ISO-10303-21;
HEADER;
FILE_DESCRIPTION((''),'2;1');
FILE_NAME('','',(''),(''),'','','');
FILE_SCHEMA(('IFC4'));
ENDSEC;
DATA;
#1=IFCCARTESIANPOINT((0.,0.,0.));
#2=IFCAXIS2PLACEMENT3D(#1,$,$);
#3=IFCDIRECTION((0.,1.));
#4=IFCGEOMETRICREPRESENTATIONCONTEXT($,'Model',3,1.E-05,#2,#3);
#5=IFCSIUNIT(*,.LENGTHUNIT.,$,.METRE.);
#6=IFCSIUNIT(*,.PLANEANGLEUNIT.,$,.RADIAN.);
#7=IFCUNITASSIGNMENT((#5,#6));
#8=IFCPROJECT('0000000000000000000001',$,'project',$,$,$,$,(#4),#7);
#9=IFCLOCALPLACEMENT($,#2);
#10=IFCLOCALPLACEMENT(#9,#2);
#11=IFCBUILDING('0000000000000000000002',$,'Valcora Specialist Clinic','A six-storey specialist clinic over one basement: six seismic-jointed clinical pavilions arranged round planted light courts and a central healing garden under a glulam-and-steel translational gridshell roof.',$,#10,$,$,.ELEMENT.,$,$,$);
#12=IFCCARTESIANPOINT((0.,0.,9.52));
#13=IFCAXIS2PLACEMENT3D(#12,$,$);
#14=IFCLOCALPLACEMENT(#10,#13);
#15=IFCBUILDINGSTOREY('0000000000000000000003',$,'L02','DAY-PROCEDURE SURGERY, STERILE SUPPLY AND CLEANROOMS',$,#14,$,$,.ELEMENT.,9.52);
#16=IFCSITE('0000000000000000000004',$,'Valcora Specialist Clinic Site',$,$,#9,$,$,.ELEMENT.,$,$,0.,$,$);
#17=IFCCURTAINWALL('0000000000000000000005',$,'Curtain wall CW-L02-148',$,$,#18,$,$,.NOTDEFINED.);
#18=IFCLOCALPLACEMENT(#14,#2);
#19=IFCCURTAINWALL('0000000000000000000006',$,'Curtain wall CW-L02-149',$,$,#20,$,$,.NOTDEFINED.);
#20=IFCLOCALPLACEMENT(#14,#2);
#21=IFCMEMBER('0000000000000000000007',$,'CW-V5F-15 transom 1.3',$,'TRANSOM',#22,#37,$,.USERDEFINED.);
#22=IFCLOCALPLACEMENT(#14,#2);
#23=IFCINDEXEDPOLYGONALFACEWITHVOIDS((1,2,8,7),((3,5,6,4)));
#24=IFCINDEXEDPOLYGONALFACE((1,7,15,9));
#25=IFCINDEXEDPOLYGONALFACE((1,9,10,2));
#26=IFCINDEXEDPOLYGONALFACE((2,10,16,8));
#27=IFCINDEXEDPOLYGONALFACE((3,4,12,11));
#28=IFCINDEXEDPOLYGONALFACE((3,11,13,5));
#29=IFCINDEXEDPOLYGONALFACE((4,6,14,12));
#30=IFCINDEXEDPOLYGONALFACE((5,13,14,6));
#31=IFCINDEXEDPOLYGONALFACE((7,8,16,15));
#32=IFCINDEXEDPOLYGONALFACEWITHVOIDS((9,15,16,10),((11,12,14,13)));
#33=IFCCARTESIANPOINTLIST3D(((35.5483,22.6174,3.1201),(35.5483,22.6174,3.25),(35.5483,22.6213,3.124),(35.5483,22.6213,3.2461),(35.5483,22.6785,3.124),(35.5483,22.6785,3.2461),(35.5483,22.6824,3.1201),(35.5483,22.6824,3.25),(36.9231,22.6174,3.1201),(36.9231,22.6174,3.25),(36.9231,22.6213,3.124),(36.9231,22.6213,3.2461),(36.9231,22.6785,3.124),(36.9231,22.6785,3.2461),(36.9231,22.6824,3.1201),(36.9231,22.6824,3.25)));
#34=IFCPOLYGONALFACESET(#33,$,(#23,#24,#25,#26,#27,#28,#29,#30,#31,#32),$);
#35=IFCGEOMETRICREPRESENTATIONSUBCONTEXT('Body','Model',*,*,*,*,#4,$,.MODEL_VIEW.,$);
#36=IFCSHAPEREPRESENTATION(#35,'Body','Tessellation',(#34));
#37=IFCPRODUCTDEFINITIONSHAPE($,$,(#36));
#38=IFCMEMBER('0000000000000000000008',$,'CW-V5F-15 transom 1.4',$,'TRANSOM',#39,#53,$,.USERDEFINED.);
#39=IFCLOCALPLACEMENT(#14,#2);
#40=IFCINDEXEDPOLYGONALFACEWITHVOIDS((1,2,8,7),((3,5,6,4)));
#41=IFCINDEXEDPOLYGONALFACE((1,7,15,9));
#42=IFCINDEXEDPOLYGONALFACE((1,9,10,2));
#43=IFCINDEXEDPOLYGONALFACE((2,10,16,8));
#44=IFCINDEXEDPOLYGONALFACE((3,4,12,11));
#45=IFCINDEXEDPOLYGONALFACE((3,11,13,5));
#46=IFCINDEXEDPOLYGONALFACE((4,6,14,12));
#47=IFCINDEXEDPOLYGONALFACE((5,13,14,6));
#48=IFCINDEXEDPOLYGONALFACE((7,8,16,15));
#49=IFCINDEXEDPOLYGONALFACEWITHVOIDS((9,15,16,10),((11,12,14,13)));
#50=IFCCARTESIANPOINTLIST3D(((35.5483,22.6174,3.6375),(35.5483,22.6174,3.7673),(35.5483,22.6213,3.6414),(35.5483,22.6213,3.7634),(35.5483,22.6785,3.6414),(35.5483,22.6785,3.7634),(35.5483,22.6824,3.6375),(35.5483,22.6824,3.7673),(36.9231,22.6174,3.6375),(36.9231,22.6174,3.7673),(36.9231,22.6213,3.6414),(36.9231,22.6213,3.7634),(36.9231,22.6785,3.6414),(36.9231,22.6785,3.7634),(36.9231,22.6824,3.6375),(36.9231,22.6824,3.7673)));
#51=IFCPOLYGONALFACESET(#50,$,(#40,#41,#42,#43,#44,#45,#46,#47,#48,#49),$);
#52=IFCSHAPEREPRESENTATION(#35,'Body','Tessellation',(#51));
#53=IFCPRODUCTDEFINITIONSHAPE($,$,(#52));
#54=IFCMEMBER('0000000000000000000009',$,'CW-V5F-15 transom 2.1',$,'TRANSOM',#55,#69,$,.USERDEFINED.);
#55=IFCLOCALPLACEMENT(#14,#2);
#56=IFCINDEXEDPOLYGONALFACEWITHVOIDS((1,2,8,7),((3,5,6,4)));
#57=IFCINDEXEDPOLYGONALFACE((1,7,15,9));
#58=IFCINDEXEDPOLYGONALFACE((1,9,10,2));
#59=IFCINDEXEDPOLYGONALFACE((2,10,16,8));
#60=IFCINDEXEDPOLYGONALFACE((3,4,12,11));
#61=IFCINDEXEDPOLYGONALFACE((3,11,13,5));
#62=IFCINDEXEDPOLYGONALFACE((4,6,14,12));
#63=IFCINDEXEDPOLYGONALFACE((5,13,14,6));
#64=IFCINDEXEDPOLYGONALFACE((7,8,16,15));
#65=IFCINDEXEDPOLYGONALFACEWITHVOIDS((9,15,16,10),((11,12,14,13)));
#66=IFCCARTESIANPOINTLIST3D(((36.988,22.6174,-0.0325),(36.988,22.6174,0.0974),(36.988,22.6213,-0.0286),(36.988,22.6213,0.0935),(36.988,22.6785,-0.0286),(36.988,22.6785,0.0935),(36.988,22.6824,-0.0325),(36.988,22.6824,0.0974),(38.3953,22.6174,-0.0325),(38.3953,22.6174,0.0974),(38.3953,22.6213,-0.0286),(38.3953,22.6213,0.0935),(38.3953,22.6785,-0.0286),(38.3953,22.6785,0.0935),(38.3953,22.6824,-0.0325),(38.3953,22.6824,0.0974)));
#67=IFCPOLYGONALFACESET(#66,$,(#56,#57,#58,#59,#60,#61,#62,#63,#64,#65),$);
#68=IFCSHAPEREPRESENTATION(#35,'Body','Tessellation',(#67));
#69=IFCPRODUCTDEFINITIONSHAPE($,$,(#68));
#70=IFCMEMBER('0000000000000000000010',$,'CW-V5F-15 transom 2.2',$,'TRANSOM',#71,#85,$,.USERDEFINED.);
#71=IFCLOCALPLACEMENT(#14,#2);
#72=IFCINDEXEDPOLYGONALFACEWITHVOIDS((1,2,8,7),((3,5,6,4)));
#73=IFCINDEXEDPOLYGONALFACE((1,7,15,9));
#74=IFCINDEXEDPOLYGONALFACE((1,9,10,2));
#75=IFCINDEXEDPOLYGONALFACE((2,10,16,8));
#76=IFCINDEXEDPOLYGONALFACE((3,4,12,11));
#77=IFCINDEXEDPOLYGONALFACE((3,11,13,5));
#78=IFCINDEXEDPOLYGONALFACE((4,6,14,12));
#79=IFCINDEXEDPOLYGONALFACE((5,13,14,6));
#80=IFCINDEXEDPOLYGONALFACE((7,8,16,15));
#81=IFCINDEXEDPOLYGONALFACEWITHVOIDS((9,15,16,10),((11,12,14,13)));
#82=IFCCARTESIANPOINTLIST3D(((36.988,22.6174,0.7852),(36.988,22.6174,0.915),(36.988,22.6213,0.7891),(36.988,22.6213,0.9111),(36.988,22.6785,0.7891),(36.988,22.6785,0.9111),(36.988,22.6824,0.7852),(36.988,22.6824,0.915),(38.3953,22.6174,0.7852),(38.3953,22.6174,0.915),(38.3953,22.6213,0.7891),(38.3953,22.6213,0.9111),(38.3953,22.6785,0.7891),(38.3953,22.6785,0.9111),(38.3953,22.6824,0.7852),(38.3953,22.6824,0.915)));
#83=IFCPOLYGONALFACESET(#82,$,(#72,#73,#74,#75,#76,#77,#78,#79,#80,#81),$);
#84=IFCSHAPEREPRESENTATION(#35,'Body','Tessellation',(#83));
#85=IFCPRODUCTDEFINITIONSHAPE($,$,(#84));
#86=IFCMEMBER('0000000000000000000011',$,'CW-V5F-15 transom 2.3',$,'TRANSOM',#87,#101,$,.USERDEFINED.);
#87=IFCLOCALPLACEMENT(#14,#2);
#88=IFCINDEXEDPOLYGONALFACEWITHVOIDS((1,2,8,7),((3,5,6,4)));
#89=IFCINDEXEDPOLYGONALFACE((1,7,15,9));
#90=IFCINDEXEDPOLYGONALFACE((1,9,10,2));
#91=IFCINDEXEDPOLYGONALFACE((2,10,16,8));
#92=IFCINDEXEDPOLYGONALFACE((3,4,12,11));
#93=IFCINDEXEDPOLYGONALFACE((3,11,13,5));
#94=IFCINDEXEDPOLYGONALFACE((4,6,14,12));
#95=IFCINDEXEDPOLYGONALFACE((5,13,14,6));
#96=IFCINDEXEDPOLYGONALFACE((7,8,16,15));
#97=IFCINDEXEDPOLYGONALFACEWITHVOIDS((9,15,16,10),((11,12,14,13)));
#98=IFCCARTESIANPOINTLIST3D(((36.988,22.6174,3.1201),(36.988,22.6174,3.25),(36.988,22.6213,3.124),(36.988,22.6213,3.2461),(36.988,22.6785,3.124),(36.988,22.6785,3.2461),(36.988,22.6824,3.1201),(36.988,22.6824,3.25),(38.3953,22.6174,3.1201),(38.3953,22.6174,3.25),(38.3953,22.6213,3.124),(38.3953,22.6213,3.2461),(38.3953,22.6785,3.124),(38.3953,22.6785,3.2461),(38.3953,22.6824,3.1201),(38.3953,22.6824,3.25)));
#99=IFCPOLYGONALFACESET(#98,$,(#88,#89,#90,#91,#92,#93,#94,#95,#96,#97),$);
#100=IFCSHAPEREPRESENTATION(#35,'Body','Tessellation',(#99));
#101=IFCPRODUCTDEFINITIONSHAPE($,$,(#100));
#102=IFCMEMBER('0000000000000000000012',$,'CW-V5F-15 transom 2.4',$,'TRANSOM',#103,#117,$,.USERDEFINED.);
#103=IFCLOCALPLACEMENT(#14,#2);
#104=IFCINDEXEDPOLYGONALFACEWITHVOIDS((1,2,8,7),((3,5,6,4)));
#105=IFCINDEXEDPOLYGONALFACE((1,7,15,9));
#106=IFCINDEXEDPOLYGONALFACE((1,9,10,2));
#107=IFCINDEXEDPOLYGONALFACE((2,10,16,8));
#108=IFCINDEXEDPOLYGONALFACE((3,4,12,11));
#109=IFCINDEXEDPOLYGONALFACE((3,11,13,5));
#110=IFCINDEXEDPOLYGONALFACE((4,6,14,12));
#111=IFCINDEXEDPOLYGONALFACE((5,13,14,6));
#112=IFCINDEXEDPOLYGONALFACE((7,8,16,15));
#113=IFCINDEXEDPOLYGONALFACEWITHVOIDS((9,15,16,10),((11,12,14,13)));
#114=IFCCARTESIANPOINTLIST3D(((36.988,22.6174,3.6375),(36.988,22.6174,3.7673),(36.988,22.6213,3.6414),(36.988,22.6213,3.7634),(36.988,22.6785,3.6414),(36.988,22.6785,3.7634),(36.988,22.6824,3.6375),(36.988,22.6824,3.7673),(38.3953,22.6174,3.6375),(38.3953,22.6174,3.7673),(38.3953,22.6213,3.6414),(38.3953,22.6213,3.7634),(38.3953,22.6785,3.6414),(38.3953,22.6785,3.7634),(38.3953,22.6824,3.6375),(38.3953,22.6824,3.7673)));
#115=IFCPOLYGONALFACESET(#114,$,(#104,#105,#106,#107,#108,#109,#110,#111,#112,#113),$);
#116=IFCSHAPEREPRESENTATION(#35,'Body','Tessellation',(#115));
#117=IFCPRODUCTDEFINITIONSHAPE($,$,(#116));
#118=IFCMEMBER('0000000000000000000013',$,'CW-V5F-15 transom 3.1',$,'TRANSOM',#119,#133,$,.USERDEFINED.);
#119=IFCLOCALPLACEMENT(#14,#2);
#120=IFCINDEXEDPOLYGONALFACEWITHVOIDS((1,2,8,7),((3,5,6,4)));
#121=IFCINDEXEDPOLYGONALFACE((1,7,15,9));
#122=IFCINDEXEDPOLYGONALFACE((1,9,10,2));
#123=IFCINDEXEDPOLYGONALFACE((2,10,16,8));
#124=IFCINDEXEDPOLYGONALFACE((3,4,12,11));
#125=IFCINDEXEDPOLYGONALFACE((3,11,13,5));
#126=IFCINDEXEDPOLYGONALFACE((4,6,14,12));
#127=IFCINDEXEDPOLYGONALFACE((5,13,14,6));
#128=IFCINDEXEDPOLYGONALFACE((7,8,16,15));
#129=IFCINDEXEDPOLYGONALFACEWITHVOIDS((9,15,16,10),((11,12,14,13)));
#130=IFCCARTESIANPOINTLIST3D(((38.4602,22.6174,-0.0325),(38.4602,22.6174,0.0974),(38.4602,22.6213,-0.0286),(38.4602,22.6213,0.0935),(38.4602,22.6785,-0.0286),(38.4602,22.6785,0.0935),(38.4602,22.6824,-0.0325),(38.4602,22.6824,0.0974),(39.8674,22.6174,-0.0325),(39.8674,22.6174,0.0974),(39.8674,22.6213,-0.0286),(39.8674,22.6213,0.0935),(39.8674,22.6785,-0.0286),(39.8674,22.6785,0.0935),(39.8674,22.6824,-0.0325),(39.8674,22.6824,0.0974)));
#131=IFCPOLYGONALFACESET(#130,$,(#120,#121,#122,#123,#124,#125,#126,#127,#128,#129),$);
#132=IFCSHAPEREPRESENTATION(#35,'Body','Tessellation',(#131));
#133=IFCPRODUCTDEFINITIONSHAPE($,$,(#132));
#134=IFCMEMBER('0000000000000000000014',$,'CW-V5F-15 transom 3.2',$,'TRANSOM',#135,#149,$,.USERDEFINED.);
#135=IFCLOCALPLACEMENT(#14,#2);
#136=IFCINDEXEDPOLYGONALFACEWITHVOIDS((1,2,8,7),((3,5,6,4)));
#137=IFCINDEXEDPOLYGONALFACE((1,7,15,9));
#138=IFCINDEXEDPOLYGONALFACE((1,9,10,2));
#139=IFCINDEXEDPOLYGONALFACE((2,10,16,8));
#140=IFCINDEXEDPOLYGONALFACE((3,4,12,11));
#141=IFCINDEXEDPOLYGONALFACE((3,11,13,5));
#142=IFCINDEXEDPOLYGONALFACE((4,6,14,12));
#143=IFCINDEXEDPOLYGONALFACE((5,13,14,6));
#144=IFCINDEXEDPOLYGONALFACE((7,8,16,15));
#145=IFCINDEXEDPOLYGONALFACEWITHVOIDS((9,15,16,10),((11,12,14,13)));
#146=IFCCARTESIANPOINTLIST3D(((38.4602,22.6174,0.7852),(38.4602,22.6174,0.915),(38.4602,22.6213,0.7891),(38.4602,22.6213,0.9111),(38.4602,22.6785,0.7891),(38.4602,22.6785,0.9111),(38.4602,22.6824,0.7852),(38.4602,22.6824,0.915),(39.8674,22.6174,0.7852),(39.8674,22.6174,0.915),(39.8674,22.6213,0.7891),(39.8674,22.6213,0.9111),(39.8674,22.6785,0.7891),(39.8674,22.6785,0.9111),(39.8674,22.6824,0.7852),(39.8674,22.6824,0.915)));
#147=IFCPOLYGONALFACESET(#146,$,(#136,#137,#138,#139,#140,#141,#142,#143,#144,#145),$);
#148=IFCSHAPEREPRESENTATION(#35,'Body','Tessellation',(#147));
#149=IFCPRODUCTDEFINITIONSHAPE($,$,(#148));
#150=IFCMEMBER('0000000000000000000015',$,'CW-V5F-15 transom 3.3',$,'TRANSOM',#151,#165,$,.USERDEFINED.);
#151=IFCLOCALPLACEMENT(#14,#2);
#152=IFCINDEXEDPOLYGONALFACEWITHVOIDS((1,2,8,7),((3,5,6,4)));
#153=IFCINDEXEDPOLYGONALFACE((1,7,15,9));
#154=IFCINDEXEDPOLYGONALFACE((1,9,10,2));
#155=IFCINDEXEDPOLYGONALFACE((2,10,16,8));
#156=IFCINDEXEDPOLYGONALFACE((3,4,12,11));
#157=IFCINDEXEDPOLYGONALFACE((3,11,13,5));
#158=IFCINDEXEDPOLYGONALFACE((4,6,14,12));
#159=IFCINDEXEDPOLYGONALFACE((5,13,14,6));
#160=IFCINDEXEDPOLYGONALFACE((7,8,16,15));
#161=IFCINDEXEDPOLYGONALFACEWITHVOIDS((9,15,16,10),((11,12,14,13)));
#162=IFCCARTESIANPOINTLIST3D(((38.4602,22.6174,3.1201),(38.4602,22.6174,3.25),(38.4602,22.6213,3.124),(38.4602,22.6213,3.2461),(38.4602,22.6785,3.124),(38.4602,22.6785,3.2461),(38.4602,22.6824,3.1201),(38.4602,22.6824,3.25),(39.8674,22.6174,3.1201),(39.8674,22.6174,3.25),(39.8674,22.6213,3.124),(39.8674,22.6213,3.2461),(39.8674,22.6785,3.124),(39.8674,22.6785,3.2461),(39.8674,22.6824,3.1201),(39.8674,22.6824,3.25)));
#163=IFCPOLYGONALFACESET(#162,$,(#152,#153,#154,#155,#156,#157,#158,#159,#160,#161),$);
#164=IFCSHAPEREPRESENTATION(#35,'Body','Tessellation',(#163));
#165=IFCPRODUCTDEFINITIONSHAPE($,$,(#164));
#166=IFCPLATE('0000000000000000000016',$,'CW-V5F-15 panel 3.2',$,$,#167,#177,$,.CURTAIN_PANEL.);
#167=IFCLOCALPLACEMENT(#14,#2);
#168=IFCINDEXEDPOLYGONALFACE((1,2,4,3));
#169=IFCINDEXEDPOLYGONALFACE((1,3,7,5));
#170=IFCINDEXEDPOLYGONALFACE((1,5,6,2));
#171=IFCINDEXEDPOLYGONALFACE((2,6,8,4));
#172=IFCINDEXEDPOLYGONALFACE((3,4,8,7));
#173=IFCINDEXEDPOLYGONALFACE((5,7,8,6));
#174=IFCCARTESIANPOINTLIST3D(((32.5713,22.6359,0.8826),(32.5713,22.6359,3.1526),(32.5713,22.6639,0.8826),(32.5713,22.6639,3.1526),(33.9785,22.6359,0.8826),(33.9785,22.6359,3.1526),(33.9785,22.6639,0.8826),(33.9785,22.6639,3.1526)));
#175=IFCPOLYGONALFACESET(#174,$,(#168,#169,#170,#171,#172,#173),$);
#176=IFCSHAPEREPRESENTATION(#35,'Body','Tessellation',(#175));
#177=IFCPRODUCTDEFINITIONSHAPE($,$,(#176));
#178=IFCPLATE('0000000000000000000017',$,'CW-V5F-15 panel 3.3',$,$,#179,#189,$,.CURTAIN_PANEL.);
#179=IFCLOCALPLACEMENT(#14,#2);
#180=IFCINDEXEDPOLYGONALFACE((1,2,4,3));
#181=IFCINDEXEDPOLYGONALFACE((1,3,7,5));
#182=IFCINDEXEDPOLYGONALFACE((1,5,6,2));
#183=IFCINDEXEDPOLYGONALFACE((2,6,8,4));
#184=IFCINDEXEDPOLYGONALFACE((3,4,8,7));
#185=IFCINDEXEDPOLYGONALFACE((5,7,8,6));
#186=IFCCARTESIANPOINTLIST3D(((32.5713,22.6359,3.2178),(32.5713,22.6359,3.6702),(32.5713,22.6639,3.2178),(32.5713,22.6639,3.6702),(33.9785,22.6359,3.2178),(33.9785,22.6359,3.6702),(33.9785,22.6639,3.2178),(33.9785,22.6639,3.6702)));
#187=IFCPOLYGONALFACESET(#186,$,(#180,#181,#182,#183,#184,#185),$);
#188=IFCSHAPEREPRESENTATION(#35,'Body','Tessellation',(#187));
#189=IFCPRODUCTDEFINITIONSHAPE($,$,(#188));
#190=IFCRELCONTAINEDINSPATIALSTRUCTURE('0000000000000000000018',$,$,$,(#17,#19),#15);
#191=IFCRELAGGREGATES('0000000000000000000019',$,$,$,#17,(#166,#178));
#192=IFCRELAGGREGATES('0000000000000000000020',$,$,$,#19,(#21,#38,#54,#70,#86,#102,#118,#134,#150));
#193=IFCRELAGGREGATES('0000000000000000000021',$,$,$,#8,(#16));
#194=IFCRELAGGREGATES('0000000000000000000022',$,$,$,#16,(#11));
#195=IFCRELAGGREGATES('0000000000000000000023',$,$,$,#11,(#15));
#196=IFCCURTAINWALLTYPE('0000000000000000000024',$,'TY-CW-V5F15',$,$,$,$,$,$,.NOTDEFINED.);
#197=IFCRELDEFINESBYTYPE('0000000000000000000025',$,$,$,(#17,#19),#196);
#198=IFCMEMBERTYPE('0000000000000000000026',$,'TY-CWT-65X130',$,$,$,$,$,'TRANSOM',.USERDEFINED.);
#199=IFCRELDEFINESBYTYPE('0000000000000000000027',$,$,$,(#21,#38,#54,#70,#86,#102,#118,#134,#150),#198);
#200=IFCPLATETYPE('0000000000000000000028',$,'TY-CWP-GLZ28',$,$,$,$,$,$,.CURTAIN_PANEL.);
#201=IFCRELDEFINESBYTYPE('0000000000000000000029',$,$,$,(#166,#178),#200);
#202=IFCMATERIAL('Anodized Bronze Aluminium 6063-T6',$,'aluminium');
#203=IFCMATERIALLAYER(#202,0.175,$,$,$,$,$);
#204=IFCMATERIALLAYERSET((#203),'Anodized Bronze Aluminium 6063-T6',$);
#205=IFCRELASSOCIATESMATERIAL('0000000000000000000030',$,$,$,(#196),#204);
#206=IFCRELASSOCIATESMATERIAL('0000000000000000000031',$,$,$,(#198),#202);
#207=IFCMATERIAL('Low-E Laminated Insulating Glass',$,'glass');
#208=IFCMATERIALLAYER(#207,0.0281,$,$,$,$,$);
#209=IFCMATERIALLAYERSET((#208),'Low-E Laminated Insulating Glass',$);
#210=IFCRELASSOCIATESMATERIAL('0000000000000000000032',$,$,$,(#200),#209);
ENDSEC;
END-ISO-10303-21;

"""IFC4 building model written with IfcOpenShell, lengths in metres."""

from ifc_helpers import new_model, si_unit, direction, frame, origin, origin_2d, place, context, subcontext, project, spatial, rectangle, hollow_rectangle, extrude, material, layer, layer_set, material_profile, profile_set, type_object, element, aggregate, save


model = new_model("IFC4")

# Units and contexts
model_context = context("Model", 3, precision=1e-05, world=origin(), true_north=direction((0.0, 1.0)))
body_context = subcontext(model_context, "Body", "Model", "MODEL_VIEW")
ifc_project = project(units=[si_unit("LENGTHUNIT", "METRE"), si_unit("PLANEANGLEUNIT", "RADIAN")], contexts=[model_context])

# Site, building, storey
site_placement = place(None, origin())
site = spatial("IfcSite", under=ifc_project, at=site_placement, Name="Valcora Specialist Clinic Site", CompositionType="ELEMENT", RefElevation=0.0)
building_placement = place(site_placement, origin())
building = spatial("IfcBuilding", under=site, at=building_placement, Name="Valcora Specialist Clinic", Description="A six-storey specialist clinic over one basement: six seismic-jointed clinical pavilions arranged round planted light courts and a central healing garden under a glulam-and-steel translational gridshell roof.", CompositionType="ELEMENT")
storey_placement = place(building_placement, frame((0.0, 0.0, 9.52)))
storey = spatial("IfcBuildingStorey", under=building, at=storey_placement, Name="L02", Description="DAY-PROCEDURE SURGERY, STERILE SUPPLY AND CLEANROOMS", CompositionType="ELEMENT", Elevation=9.52)

# Curtain walls
ifc_material_1 = material(Name="Anodized Bronze Aluminium 6063-T6", Category="aluminium")
ifc_layer_1 = layer(ifc_material_1, 0.175)
ifc_layer_set_1 = layer_set([ifc_layer_1], Name="Anodized Bronze Aluminium 6063-T6")
curtain_wall_type = type_object("IfcCurtainWallType", Name="TY-CW-V5F15", PredefinedType="NOTDEFINED", material=ifc_layer_set_1)
curtain_wall_1_placement = place(storey_placement, origin())
curtain_wall_1 = element("IfcCurtainWall", 1, at=curtain_wall_1_placement, inside=storey, type_object=curtain_wall_type, Name="Curtain wall CW-L02-148", PredefinedType="NOTDEFINED")
curtain_wall_2_placement = place(storey_placement, origin())
curtain_wall_2 = element("IfcCurtainWall", 2, at=curtain_wall_2_placement, inside=storey, type_object=curtain_wall_type, Name="Curtain wall CW-L02-149", PredefinedType="NOTDEFINED")

# Members
ifc_material_profile_1 = material_profile(ifc_material_1, hollow_rectangle(XDim=0.0649, YDim=0.1299, WallThickness=0.0039, at=origin_2d()), Name="AL-TRN-65X130")
ifc_profile_set_1 = profile_set([ifc_material_profile_1], Name="Anodized Bronze Aluminium 6063-T6")
member_type_1 = type_object("IfcMemberType", Name="TY-CWT-65X130", ElementType="TRANSOM", PredefinedType="USERDEFINED", material=ifc_profile_set_1)
member_1_placement = place(storey_placement, frame((35.5483, 22.6499, 3.1851), z_axis=(1.0, 0.0, 0.0), x_axis=(0.0, 1.0, 0.0)))
member_1 = element("IfcMember", 3, at=member_1_placement, type_object=member_type_1, Name="CW-V5F-15 transom 1.3", ObjectType="TRANSOM", PredefinedType="USERDEFINED", context=body_context, shape_type="SweptSolid", body=[
    extrude(hollow_rectangle(XDim=0.0649, YDim=0.1299, WallThickness=0.0039, at=origin_2d()), origin(), (0.0, 0.0, 1.0), 1.3748),
])
member_2_placement = place(storey_placement, frame((35.5483, 22.6499, 3.7024), z_axis=(1.0, 0.0, 0.0), x_axis=(0.0, 1.0, 0.0)))
member_2 = element("IfcMember", 4, at=member_2_placement, type_object=member_type_1, Name="CW-V5F-15 transom 1.4", ObjectType="TRANSOM", PredefinedType="USERDEFINED", context=body_context, shape_type="SweptSolid", body=[
    extrude(hollow_rectangle(XDim=0.0649, YDim=0.1299, WallThickness=0.0039, at=origin_2d()), origin(), (0.0, 0.0, 1.0), 1.3748),
])
member_3_placement = place(storey_placement, frame((36.988, 22.6499, 0.0325), z_axis=(1.0, 0.0, 0.0), x_axis=(0.0, 1.0, 0.0)))
member_3 = element("IfcMember", 5, at=member_3_placement, type_object=member_type_1, Name="CW-V5F-15 transom 2.1", ObjectType="TRANSOM", PredefinedType="USERDEFINED", context=body_context, shape_type="SweptSolid", body=[
    extrude(hollow_rectangle(XDim=0.0649, YDim=0.1299, WallThickness=0.0039, at=origin_2d()), origin(), (0.0, 0.0, 1.0), 1.4072),
])
member_4_placement = place(storey_placement, frame((36.988, 22.6499, 0.8501), z_axis=(1.0, 0.0, 0.0), x_axis=(0.0, 1.0, 0.0)))
member_4 = element("IfcMember", 6, at=member_4_placement, type_object=member_type_1, Name="CW-V5F-15 transom 2.2", ObjectType="TRANSOM", PredefinedType="USERDEFINED", context=body_context, shape_type="SweptSolid", body=[
    extrude(hollow_rectangle(XDim=0.0649, YDim=0.1299, WallThickness=0.0039, at=origin_2d()), origin(), (0.0, 0.0, 1.0), 1.4072),
])
member_5_placement = place(storey_placement, frame((36.988, 22.6499, 3.1851), z_axis=(1.0, 0.0, 0.0), x_axis=(0.0, 1.0, 0.0)))
member_5 = element("IfcMember", 7, at=member_5_placement, type_object=member_type_1, Name="CW-V5F-15 transom 2.3", ObjectType="TRANSOM", PredefinedType="USERDEFINED", context=body_context, shape_type="SweptSolid", body=[
    extrude(hollow_rectangle(XDim=0.0649, YDim=0.1299, WallThickness=0.0039, at=origin_2d()), origin(), (0.0, 0.0, 1.0), 1.4072),
])
member_6_placement = place(storey_placement, frame((36.988, 22.6499, 3.7024), z_axis=(1.0, 0.0, 0.0), x_axis=(0.0, 1.0, 0.0)))
member_6 = element("IfcMember", 8, at=member_6_placement, type_object=member_type_1, Name="CW-V5F-15 transom 2.4", ObjectType="TRANSOM", PredefinedType="USERDEFINED", context=body_context, shape_type="SweptSolid", body=[
    extrude(hollow_rectangle(XDim=0.0649, YDim=0.1299, WallThickness=0.0039, at=origin_2d()), origin(), (0.0, 0.0, 1.0), 1.4072),
])
member_7_placement = place(storey_placement, frame((38.4602, 22.6499, 0.0325), z_axis=(1.0, 0.0, 0.0), x_axis=(0.0, 1.0, 0.0)))
member_7 = element("IfcMember", 9, at=member_7_placement, type_object=member_type_1, Name="CW-V5F-15 transom 3.1", ObjectType="TRANSOM", PredefinedType="USERDEFINED", context=body_context, shape_type="SweptSolid", body=[
    extrude(hollow_rectangle(XDim=0.0649, YDim=0.1299, WallThickness=0.0039, at=origin_2d()), origin(), (0.0, 0.0, 1.0), 1.4072),
])
member_8_placement = place(storey_placement, frame((38.4602, 22.6499, 0.8501), z_axis=(1.0, 0.0, 0.0), x_axis=(0.0, 1.0, 0.0)))
member_8 = element("IfcMember", 10, at=member_8_placement, type_object=member_type_1, Name="CW-V5F-15 transom 3.2", ObjectType="TRANSOM", PredefinedType="USERDEFINED", context=body_context, shape_type="SweptSolid", body=[
    extrude(hollow_rectangle(XDim=0.0649, YDim=0.1299, WallThickness=0.0039, at=origin_2d()), origin(), (0.0, 0.0, 1.0), 1.4072),
])
member_9_placement = place(storey_placement, frame((38.4602, 22.6499, 3.1851), z_axis=(1.0, 0.0, 0.0), x_axis=(0.0, 1.0, 0.0)))
member_9 = element("IfcMember", 11, at=member_9_placement, type_object=member_type_1, Name="CW-V5F-15 transom 3.3", ObjectType="TRANSOM", PredefinedType="USERDEFINED", context=body_context, shape_type="SweptSolid", body=[
    extrude(hollow_rectangle(XDim=0.0649, YDim=0.1299, WallThickness=0.0039, at=origin_2d()), origin(), (0.0, 0.0, 1.0), 1.4072),
])

# Plates
ifc_material_2 = material(Name="Low-E Laminated Insulating Glass", Category="glass")
ifc_layer_2 = layer(ifc_material_2, 0.0281)
ifc_layer_set_2 = layer_set([ifc_layer_2], Name="Low-E Laminated Insulating Glass")
plate_type_1 = type_object("IfcPlateType", Name="TY-CWP-GLZ28", PredefinedType="CURTAIN_PANEL", material=ifc_layer_set_2)
plate_1_placement = place(storey_placement, frame((33.2749, 22.6499, 0.8826), z_axis=(0.0, 0.0, 1.0), x_axis=(1.0, 0.0, 0.0)))
plate_1 = element("IfcPlate", 12, at=plate_1_placement, type_object=plate_type_1, Name="CW-V5F-15 panel 3.2", PredefinedType="CURTAIN_PANEL", context=body_context, shape_type="SweptSolid", body=[
    extrude(rectangle(XDim=1.4072, YDim=0.0281, at=origin_2d()), origin(), (0.0, 0.0, 1.0), 2.27),
])
plate_2_placement = place(storey_placement, frame((33.2749, 22.6499, 3.2178), z_axis=(0.0, 0.0, 1.0), x_axis=(1.0, 0.0, 0.0)))
plate_2 = element("IfcPlate", 13, at=plate_2_placement, type_object=plate_type_1, Name="CW-V5F-15 panel 3.3", PredefinedType="CURTAIN_PANEL", context=body_context, shape_type="SweptSolid", body=[
    extrude(rectangle(XDim=1.4072, YDim=0.0281, at=origin_2d()), origin(), (0.0, 0.0, 1.0), 0.4524),
])
aggregate(curtain_wall_1, [plate_1, plate_2])
aggregate(curtain_wall_2, [member_1, member_2, member_3, member_4, member_5, member_6, member_7, member_8, member_9])

save(model, "model.ifc")
